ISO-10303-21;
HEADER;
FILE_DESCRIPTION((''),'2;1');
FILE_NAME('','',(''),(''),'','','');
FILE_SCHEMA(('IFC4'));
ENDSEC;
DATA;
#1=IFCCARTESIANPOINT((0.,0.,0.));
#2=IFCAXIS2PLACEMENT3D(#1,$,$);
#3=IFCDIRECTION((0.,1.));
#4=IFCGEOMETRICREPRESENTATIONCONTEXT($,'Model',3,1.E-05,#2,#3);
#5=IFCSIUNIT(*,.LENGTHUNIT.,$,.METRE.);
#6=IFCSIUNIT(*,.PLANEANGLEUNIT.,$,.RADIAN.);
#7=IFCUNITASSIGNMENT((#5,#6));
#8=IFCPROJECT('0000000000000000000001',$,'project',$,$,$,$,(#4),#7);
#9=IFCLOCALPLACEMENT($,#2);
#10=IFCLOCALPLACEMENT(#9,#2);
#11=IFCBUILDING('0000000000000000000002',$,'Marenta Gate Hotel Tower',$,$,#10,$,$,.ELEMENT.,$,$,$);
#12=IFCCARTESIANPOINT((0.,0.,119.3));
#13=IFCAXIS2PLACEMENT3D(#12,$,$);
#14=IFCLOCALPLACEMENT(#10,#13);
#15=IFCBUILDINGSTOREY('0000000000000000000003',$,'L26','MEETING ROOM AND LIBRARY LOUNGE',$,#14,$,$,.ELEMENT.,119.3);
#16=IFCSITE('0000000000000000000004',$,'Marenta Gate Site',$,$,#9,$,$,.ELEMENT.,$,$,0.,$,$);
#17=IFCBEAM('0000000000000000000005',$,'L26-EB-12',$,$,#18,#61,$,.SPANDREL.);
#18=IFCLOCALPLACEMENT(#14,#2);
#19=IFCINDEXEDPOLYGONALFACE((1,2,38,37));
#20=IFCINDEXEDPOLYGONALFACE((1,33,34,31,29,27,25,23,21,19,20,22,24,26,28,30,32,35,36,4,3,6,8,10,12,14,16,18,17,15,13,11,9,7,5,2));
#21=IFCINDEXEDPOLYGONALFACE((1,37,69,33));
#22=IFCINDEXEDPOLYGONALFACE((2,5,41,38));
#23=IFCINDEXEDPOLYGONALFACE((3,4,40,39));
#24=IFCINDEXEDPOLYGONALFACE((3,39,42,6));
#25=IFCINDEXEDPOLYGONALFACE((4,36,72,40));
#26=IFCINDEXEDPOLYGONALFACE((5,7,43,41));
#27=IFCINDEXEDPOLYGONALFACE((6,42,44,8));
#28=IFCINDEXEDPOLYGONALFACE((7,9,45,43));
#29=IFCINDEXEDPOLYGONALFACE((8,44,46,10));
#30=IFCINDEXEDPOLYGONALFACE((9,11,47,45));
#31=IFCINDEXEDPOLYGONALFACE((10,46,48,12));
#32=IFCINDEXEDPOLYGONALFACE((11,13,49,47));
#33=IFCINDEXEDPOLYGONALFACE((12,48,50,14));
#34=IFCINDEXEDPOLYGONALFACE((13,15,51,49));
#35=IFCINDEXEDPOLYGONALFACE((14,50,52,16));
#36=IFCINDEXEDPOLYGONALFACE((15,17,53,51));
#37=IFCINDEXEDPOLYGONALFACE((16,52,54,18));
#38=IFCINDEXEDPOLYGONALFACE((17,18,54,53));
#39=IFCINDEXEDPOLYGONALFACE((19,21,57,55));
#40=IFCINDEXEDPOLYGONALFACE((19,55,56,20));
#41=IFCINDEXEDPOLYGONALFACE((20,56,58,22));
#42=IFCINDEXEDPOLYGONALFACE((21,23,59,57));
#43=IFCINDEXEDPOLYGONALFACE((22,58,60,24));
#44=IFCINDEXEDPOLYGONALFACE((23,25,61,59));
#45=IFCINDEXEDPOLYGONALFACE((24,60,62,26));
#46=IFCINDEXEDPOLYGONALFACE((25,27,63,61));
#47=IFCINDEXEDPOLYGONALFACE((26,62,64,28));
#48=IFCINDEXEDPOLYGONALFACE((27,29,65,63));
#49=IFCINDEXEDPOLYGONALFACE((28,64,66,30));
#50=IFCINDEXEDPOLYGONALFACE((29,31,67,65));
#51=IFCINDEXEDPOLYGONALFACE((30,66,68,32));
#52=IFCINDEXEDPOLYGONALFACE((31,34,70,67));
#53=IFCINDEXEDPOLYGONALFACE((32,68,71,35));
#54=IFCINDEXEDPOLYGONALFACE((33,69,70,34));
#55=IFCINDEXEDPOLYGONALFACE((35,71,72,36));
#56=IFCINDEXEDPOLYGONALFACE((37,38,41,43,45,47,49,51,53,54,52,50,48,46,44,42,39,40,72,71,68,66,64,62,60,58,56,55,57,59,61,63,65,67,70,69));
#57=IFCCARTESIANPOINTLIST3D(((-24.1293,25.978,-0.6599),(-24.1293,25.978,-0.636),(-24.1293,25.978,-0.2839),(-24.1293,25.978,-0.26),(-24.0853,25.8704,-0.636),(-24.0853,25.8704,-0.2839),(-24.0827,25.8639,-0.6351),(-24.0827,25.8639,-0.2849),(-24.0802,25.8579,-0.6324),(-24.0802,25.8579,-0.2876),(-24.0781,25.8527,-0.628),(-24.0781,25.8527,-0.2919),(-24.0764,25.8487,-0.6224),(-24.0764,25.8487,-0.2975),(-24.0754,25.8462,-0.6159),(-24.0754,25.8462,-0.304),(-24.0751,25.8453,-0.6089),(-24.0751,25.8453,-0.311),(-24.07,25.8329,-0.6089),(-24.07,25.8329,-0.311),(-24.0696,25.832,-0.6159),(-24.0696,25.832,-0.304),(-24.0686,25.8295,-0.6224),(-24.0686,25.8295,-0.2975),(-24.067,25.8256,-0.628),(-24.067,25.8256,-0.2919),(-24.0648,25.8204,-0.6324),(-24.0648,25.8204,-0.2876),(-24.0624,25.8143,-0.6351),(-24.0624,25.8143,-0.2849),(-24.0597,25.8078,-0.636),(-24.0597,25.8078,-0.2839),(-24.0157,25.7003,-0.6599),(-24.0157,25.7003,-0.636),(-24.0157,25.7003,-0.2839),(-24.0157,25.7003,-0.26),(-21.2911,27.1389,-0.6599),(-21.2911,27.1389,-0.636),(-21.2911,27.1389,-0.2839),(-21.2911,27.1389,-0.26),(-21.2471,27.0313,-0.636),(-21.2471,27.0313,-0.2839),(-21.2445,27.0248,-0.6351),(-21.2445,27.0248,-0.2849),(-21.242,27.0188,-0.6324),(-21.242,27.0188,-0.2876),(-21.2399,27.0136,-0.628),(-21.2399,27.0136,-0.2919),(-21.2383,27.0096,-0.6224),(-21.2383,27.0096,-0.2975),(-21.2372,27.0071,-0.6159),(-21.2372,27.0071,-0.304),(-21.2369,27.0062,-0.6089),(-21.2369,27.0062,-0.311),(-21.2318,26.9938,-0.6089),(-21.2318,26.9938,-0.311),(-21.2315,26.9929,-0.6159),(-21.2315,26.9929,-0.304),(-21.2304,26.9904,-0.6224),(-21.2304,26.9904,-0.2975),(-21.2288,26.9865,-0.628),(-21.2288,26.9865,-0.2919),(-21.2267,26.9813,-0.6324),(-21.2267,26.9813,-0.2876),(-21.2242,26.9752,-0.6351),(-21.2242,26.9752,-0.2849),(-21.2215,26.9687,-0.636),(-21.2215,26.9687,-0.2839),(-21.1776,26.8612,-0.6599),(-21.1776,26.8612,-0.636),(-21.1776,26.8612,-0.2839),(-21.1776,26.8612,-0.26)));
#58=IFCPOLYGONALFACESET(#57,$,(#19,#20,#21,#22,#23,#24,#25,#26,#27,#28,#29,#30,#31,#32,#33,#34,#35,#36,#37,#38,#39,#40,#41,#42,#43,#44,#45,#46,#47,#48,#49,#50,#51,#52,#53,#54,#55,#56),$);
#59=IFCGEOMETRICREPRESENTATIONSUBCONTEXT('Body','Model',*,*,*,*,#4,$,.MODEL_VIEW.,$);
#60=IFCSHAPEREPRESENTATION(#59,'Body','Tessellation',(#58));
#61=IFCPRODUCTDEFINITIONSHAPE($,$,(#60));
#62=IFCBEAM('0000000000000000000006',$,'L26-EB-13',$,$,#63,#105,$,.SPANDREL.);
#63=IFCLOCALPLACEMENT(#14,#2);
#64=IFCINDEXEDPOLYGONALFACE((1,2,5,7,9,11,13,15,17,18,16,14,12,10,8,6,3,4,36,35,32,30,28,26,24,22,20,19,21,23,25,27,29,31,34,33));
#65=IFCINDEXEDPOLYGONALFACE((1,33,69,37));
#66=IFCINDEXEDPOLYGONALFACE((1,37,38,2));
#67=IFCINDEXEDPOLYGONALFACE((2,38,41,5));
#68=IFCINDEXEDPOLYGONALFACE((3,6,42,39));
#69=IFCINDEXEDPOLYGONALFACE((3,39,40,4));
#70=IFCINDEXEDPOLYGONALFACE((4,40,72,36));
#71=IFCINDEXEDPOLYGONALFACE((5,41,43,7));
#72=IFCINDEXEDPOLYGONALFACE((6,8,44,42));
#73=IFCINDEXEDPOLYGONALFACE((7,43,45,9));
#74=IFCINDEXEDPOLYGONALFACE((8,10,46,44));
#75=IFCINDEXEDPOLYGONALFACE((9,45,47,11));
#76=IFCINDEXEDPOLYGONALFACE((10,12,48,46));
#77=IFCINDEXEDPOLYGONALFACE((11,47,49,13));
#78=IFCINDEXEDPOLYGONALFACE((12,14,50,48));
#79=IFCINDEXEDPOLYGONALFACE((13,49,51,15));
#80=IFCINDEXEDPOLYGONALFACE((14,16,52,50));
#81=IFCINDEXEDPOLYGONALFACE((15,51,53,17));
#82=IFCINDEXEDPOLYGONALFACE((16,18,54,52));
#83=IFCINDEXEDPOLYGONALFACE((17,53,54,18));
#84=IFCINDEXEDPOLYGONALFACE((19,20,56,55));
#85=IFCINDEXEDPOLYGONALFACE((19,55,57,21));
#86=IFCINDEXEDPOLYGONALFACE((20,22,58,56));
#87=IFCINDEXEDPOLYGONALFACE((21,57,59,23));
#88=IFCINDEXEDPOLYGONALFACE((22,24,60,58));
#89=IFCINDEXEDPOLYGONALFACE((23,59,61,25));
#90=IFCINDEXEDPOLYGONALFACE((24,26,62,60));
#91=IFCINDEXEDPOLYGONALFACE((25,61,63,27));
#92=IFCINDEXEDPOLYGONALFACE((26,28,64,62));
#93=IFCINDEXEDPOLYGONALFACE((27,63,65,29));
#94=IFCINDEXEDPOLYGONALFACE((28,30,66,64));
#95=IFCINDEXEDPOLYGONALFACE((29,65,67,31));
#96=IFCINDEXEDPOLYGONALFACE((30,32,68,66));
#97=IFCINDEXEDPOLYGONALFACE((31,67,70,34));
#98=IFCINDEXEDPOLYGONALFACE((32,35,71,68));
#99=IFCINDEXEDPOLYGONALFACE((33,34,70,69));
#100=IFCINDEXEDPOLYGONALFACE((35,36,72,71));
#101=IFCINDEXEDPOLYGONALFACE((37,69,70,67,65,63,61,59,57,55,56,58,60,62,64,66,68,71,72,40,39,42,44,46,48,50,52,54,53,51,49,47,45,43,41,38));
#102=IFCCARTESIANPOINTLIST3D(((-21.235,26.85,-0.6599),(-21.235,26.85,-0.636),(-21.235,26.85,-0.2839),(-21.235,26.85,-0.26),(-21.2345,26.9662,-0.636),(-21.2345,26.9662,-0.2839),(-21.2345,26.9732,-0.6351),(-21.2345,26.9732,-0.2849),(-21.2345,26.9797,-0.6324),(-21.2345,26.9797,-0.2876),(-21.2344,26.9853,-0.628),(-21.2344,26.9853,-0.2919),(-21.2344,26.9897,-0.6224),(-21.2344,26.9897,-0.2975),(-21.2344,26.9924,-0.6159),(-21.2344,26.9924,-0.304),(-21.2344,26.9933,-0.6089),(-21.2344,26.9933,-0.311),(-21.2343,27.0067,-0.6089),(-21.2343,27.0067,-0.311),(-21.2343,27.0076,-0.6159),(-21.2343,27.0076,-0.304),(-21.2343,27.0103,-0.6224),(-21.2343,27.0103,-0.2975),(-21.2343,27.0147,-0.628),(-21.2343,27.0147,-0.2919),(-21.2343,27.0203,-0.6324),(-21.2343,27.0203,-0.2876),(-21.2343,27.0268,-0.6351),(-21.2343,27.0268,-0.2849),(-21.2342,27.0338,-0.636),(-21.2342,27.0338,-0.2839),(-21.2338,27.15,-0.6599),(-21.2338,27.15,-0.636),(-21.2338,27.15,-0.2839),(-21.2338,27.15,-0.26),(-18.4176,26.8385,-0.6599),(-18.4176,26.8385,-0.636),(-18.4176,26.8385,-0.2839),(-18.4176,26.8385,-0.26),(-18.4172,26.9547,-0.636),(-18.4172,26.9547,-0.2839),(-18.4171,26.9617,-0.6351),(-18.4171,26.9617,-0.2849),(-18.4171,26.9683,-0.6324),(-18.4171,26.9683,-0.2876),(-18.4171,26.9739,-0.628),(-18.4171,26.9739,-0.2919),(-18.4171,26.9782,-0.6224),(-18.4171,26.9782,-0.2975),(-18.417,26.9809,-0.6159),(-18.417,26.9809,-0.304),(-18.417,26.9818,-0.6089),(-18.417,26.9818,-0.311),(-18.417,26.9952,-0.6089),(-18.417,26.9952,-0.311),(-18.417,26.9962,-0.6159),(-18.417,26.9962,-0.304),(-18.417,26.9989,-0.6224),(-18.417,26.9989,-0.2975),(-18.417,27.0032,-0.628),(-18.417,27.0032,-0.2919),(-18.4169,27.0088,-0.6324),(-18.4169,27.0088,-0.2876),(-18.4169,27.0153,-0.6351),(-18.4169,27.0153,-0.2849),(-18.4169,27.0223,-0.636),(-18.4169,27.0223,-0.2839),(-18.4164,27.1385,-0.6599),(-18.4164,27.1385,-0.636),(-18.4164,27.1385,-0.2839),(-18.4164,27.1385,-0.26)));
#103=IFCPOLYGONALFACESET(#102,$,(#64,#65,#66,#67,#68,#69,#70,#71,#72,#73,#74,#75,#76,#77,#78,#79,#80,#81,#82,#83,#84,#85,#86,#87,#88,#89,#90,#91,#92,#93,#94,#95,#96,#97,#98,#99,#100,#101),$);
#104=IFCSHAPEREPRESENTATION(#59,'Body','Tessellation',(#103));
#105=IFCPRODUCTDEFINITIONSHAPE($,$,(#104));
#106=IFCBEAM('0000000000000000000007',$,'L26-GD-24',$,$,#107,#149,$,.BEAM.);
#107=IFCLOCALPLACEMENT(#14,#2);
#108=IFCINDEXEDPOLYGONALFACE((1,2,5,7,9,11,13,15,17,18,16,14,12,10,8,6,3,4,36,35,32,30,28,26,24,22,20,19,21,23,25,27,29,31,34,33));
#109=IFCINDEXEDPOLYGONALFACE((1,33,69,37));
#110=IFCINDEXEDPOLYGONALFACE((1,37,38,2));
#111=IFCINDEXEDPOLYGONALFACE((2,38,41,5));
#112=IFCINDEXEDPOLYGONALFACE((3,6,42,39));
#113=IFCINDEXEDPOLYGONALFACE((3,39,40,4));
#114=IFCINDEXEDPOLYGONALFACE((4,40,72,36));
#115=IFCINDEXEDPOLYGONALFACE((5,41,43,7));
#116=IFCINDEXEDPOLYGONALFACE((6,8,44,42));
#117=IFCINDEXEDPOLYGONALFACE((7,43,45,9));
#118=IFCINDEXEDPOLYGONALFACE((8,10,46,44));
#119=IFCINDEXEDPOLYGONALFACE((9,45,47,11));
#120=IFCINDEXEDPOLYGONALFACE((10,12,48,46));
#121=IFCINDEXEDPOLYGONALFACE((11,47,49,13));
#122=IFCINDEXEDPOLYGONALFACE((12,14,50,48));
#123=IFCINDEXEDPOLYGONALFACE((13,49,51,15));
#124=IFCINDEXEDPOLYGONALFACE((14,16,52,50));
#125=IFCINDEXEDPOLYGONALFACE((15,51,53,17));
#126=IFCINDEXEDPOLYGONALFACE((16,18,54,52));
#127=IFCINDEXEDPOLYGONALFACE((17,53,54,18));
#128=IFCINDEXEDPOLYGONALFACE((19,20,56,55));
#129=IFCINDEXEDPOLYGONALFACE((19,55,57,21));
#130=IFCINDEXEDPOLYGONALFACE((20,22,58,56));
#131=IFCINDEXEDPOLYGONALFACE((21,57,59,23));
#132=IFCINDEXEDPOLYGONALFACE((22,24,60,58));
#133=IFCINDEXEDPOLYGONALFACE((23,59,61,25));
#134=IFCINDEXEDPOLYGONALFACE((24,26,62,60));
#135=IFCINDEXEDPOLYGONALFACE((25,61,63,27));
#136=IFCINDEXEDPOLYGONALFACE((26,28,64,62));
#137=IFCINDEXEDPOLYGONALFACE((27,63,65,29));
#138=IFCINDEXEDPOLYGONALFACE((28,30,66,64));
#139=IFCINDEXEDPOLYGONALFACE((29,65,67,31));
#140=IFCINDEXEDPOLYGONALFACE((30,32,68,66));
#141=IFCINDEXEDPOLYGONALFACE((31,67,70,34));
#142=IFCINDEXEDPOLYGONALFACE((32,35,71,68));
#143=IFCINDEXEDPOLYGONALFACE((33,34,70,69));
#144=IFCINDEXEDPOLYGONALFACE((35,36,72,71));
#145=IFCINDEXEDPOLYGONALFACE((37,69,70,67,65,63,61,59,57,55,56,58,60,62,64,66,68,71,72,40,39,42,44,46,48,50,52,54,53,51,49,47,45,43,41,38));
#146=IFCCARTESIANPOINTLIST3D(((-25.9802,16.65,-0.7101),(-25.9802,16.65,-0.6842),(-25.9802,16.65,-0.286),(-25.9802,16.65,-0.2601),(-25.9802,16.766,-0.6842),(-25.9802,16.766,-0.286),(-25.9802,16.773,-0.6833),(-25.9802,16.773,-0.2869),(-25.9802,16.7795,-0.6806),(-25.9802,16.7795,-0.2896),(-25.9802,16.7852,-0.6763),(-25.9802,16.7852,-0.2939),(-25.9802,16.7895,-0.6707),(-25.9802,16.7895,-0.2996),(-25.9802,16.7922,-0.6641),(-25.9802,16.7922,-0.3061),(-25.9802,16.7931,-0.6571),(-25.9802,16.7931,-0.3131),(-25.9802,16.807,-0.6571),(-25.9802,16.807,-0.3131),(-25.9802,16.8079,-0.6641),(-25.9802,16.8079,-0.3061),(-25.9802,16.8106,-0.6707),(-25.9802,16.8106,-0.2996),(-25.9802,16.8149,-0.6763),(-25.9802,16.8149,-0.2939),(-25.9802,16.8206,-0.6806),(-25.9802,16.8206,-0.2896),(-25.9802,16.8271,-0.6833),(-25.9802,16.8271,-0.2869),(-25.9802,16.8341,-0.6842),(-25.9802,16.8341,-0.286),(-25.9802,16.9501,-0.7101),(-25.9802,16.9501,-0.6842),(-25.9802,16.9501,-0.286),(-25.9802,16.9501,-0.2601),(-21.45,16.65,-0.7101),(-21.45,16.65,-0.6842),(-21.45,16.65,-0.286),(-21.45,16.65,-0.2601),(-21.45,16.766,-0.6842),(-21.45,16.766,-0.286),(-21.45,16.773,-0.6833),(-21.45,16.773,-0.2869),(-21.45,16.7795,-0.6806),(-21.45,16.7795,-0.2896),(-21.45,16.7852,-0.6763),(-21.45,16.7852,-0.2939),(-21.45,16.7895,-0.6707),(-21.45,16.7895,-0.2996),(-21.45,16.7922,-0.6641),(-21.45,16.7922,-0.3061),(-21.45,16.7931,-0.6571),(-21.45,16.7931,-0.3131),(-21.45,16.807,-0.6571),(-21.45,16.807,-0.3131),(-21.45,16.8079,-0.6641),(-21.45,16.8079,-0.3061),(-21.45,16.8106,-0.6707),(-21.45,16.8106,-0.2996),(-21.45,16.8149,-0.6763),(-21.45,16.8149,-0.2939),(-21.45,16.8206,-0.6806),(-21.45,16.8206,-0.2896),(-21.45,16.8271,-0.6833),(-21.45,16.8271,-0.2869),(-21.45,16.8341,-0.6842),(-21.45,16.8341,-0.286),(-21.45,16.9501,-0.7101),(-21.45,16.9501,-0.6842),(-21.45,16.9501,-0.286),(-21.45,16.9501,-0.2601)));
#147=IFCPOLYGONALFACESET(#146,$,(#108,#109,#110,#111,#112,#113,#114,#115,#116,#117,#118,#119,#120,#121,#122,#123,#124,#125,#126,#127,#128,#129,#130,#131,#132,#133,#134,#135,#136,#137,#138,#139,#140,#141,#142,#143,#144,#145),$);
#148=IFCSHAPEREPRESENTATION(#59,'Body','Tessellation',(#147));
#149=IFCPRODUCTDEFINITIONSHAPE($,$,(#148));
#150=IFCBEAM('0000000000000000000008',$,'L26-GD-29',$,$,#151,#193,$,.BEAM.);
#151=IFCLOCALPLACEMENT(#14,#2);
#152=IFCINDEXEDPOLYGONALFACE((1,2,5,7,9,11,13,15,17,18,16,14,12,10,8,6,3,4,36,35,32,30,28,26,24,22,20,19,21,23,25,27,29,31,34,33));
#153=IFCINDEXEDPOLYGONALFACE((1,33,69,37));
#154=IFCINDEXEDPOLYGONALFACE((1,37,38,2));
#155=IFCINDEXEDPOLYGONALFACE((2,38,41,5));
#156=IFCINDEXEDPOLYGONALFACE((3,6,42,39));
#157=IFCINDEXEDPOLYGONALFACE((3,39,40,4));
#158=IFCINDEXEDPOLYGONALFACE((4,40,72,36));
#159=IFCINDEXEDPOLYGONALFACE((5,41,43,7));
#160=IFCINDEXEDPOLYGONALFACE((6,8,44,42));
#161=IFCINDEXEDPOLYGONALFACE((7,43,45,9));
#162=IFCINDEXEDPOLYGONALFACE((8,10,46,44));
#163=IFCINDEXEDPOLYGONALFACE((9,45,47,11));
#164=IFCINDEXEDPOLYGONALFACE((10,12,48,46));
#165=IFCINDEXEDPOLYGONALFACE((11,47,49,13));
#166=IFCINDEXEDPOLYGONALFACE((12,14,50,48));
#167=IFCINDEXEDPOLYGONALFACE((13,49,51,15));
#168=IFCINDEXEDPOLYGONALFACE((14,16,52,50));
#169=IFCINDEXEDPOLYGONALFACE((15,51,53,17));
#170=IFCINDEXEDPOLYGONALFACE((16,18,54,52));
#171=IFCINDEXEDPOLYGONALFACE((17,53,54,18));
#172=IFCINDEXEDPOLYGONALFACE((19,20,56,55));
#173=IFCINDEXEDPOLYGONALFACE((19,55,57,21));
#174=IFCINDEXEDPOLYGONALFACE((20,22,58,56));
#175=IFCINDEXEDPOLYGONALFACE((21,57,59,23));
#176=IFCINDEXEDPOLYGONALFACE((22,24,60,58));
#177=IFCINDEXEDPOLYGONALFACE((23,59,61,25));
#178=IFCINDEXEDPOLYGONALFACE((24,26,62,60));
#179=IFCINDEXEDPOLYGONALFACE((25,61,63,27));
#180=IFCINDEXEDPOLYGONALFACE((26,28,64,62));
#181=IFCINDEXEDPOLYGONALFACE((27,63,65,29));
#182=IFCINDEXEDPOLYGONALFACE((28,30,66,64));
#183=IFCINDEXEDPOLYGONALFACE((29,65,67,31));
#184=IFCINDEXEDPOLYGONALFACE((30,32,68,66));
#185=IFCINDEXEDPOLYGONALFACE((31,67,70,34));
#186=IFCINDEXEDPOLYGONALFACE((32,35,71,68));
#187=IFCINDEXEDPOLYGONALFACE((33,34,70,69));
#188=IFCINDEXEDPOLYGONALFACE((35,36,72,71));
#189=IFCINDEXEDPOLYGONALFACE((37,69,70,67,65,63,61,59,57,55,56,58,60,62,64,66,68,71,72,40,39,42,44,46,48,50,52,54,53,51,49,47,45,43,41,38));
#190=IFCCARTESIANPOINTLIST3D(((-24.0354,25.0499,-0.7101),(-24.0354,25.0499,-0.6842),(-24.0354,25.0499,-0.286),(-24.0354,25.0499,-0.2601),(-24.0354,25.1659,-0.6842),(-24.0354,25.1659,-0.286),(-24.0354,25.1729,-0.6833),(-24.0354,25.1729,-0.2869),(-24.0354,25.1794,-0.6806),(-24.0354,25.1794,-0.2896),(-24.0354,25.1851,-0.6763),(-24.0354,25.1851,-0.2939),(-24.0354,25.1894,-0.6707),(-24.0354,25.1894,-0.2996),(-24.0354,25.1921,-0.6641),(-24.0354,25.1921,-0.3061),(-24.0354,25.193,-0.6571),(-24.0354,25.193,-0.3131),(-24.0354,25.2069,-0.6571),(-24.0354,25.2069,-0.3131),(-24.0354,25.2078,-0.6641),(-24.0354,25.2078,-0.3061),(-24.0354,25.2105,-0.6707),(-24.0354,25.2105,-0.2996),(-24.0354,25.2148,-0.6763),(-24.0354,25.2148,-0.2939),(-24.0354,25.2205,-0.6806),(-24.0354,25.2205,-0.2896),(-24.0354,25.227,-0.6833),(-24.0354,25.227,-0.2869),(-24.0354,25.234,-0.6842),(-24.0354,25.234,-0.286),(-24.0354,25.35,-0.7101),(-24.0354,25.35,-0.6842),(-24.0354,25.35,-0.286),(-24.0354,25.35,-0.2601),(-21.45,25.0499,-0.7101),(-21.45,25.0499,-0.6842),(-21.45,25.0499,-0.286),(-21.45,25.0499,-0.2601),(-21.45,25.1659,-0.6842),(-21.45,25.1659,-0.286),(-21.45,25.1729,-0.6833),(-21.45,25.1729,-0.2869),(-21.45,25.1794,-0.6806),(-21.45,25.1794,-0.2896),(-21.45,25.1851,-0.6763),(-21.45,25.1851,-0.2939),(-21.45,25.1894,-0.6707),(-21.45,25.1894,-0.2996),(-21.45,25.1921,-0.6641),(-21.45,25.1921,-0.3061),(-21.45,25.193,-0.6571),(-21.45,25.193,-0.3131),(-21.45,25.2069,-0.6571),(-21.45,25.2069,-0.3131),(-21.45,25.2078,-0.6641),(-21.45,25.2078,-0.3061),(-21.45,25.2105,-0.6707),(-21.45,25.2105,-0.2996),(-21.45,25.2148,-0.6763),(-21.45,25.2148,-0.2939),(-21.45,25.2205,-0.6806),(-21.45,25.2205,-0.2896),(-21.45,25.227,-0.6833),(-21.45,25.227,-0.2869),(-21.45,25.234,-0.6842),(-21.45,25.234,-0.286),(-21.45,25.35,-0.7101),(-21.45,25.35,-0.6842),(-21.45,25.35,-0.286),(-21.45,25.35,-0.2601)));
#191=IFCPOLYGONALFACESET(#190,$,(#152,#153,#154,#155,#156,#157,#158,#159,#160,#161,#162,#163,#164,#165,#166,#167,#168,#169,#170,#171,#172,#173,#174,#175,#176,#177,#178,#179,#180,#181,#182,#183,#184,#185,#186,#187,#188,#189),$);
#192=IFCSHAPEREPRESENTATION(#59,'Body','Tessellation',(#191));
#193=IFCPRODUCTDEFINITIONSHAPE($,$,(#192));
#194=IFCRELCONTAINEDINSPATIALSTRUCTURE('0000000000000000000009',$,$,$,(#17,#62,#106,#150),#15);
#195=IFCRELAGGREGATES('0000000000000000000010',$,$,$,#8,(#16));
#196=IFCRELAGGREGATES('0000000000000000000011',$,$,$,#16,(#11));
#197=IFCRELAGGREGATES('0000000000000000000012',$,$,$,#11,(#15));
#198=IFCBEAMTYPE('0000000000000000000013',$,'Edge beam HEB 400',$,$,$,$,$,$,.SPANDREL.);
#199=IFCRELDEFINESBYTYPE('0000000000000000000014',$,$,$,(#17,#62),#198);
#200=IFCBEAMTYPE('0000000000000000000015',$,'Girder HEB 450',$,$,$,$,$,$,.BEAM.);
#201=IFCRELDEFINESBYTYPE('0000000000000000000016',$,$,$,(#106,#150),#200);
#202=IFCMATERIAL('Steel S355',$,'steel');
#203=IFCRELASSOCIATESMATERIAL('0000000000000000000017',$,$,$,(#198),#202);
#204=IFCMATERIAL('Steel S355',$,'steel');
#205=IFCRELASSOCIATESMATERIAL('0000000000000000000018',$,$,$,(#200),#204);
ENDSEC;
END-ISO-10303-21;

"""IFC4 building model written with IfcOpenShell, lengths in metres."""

from ifc_helpers import new_model, si_unit, direction, frame, origin, origin_2d, place, context, subcontext, project, spatial, i_section, extrude, material, material_profile, profile_set, type_object, element, save


model = new_model("IFC4")

# Units and contexts
model_context = context("Model", 3, precision=1e-05, world=origin(), true_north=direction((0.0, 1.0)))
body_context = subcontext(model_context, "Body", "Model", "MODEL_VIEW")
ifc_project = project(units=[si_unit("LENGTHUNIT", "METRE"), si_unit("PLANEANGLEUNIT", "RADIAN")], contexts=[model_context])

# Site, building, storey
site_placement = place(None, origin())
site = spatial("IfcSite", under=ifc_project, at=site_placement, Name="Marenta Gate Site", CompositionType="ELEMENT", RefElevation=0.0)
building_placement = place(site_placement, origin())
building = spatial("IfcBuilding", under=site, at=building_placement, Name="Marenta Gate Hotel Tower", CompositionType="ELEMENT")
storey_placement = place(building_placement, frame((0.0, 0.0, 119.3)))
storey = spatial("IfcBuildingStorey", under=building, at=storey_placement, Name="L26", Description="MEETING ROOM AND LIBRARY LOUNGE", CompositionType="ELEMENT", Elevation=119.3)

# Beams
ifc_material_1 = material(Name="Steel S355", Category="steel")
ifc_material_profile_1 = material_profile(ifc_material_1, i_section(OverallWidth=0.3, OverallDepth=0.3999, WebThickness=0.0134, FlangeThickness=0.0239, FilletRadius=0.0271, at=origin_2d()), Name="HEB 400")
ifc_profile_set_1 = profile_set([ifc_material_profile_1], Name="Steel S355")
beam_type_1 = type_object("IfcBeamType", Name="Edge beam HEB 400", PredefinedType="SPANDREL", material=ifc_profile_set_1)
beam_1_placement = place(storey_placement, frame((-24.0725, 25.8391, -0.46), z_axis=(0.925566, 0.378586, 0.0), x_axis=(-0.378586, 0.925566, 0.0)))
element("IfcBeam", 1, at=beam_1_placement, inside=storey, type_object=beam_type_1, Name="L26-EB-12", PredefinedType="SPANDREL", context=body_context, shape_type="SweptSolid", body=[
    extrude(i_section(OverallWidth=0.3, OverallDepth=0.3999, WebThickness=0.0134, FlangeThickness=0.0239, FilletRadius=0.0271, at=origin_2d()), origin(), (0.0, 0.0, 1.0), 3.0664),
])
beam_2_placement = place(storey_placement, frame((-21.2344, 27.0, -0.46), z_axis=(0.999992, -0.004073, 0.0), x_axis=(0.004073, 0.999992, 0.0)))
element("IfcBeam", 2, at=beam_2_placement, inside=storey, type_object=beam_type_1, Name="L26-EB-13", PredefinedType="SPANDREL", context=body_context, shape_type="SweptSolid", body=[
    extrude(i_section(OverallWidth=0.3, OverallDepth=0.3999, WebThickness=0.0134, FlangeThickness=0.0239, FilletRadius=0.0271, at=origin_2d()), origin(), (0.0, 0.0, 1.0), 2.8174),
])
ifc_material_2 = material(Name="Steel S355", Category="steel")
ifc_material_profile_2 = material_profile(ifc_material_2, i_section(OverallWidth=0.3, OverallDepth=0.45, WebThickness=0.0139, FlangeThickness=0.0259, FilletRadius=0.0271, at=origin_2d()), Name="HEB 450")
ifc_profile_set_2 = profile_set([ifc_material_profile_2], Name="Steel S355")
beam_type_2 = type_object("IfcBeamType", Name="Girder HEB 450", PredefinedType="BEAM", material=ifc_profile_set_2)
beam_3_placement = place(storey_placement, frame((-25.9802, 16.8, -0.4851), z_axis=(1.0, 0.0, 0.0), x_axis=(0.0, 1.0, 0.0)))
element("IfcBeam", 3, at=beam_3_placement, inside=storey, type_object=beam_type_2, Name="L26-GD-24", PredefinedType="BEAM", context=body_context, shape_type="SweptSolid", body=[
    extrude(i_section(OverallWidth=0.3, OverallDepth=0.45, WebThickness=0.0139, FlangeThickness=0.0259, FilletRadius=0.0271, at=origin_2d()), origin(), (0.0, 0.0, 1.0), 4.5303),
])
beam_4_placement = place(storey_placement, frame((-24.0354, 25.2, -0.4851), z_axis=(1.0, 0.0, 0.0), x_axis=(0.0, 1.0, 0.0)))
element("IfcBeam", 4, at=beam_4_placement, inside=storey, type_object=beam_type_2, Name="L26-GD-29", PredefinedType="BEAM", context=body_context, shape_type="SweptSolid", body=[
    extrude(i_section(OverallWidth=0.3, OverallDepth=0.45, WebThickness=0.0139, FlangeThickness=0.0259, FilletRadius=0.0271, at=origin_2d()), origin(), (0.0, 0.0, 1.0), 2.5854),
])

save(model, "model.ifc")
